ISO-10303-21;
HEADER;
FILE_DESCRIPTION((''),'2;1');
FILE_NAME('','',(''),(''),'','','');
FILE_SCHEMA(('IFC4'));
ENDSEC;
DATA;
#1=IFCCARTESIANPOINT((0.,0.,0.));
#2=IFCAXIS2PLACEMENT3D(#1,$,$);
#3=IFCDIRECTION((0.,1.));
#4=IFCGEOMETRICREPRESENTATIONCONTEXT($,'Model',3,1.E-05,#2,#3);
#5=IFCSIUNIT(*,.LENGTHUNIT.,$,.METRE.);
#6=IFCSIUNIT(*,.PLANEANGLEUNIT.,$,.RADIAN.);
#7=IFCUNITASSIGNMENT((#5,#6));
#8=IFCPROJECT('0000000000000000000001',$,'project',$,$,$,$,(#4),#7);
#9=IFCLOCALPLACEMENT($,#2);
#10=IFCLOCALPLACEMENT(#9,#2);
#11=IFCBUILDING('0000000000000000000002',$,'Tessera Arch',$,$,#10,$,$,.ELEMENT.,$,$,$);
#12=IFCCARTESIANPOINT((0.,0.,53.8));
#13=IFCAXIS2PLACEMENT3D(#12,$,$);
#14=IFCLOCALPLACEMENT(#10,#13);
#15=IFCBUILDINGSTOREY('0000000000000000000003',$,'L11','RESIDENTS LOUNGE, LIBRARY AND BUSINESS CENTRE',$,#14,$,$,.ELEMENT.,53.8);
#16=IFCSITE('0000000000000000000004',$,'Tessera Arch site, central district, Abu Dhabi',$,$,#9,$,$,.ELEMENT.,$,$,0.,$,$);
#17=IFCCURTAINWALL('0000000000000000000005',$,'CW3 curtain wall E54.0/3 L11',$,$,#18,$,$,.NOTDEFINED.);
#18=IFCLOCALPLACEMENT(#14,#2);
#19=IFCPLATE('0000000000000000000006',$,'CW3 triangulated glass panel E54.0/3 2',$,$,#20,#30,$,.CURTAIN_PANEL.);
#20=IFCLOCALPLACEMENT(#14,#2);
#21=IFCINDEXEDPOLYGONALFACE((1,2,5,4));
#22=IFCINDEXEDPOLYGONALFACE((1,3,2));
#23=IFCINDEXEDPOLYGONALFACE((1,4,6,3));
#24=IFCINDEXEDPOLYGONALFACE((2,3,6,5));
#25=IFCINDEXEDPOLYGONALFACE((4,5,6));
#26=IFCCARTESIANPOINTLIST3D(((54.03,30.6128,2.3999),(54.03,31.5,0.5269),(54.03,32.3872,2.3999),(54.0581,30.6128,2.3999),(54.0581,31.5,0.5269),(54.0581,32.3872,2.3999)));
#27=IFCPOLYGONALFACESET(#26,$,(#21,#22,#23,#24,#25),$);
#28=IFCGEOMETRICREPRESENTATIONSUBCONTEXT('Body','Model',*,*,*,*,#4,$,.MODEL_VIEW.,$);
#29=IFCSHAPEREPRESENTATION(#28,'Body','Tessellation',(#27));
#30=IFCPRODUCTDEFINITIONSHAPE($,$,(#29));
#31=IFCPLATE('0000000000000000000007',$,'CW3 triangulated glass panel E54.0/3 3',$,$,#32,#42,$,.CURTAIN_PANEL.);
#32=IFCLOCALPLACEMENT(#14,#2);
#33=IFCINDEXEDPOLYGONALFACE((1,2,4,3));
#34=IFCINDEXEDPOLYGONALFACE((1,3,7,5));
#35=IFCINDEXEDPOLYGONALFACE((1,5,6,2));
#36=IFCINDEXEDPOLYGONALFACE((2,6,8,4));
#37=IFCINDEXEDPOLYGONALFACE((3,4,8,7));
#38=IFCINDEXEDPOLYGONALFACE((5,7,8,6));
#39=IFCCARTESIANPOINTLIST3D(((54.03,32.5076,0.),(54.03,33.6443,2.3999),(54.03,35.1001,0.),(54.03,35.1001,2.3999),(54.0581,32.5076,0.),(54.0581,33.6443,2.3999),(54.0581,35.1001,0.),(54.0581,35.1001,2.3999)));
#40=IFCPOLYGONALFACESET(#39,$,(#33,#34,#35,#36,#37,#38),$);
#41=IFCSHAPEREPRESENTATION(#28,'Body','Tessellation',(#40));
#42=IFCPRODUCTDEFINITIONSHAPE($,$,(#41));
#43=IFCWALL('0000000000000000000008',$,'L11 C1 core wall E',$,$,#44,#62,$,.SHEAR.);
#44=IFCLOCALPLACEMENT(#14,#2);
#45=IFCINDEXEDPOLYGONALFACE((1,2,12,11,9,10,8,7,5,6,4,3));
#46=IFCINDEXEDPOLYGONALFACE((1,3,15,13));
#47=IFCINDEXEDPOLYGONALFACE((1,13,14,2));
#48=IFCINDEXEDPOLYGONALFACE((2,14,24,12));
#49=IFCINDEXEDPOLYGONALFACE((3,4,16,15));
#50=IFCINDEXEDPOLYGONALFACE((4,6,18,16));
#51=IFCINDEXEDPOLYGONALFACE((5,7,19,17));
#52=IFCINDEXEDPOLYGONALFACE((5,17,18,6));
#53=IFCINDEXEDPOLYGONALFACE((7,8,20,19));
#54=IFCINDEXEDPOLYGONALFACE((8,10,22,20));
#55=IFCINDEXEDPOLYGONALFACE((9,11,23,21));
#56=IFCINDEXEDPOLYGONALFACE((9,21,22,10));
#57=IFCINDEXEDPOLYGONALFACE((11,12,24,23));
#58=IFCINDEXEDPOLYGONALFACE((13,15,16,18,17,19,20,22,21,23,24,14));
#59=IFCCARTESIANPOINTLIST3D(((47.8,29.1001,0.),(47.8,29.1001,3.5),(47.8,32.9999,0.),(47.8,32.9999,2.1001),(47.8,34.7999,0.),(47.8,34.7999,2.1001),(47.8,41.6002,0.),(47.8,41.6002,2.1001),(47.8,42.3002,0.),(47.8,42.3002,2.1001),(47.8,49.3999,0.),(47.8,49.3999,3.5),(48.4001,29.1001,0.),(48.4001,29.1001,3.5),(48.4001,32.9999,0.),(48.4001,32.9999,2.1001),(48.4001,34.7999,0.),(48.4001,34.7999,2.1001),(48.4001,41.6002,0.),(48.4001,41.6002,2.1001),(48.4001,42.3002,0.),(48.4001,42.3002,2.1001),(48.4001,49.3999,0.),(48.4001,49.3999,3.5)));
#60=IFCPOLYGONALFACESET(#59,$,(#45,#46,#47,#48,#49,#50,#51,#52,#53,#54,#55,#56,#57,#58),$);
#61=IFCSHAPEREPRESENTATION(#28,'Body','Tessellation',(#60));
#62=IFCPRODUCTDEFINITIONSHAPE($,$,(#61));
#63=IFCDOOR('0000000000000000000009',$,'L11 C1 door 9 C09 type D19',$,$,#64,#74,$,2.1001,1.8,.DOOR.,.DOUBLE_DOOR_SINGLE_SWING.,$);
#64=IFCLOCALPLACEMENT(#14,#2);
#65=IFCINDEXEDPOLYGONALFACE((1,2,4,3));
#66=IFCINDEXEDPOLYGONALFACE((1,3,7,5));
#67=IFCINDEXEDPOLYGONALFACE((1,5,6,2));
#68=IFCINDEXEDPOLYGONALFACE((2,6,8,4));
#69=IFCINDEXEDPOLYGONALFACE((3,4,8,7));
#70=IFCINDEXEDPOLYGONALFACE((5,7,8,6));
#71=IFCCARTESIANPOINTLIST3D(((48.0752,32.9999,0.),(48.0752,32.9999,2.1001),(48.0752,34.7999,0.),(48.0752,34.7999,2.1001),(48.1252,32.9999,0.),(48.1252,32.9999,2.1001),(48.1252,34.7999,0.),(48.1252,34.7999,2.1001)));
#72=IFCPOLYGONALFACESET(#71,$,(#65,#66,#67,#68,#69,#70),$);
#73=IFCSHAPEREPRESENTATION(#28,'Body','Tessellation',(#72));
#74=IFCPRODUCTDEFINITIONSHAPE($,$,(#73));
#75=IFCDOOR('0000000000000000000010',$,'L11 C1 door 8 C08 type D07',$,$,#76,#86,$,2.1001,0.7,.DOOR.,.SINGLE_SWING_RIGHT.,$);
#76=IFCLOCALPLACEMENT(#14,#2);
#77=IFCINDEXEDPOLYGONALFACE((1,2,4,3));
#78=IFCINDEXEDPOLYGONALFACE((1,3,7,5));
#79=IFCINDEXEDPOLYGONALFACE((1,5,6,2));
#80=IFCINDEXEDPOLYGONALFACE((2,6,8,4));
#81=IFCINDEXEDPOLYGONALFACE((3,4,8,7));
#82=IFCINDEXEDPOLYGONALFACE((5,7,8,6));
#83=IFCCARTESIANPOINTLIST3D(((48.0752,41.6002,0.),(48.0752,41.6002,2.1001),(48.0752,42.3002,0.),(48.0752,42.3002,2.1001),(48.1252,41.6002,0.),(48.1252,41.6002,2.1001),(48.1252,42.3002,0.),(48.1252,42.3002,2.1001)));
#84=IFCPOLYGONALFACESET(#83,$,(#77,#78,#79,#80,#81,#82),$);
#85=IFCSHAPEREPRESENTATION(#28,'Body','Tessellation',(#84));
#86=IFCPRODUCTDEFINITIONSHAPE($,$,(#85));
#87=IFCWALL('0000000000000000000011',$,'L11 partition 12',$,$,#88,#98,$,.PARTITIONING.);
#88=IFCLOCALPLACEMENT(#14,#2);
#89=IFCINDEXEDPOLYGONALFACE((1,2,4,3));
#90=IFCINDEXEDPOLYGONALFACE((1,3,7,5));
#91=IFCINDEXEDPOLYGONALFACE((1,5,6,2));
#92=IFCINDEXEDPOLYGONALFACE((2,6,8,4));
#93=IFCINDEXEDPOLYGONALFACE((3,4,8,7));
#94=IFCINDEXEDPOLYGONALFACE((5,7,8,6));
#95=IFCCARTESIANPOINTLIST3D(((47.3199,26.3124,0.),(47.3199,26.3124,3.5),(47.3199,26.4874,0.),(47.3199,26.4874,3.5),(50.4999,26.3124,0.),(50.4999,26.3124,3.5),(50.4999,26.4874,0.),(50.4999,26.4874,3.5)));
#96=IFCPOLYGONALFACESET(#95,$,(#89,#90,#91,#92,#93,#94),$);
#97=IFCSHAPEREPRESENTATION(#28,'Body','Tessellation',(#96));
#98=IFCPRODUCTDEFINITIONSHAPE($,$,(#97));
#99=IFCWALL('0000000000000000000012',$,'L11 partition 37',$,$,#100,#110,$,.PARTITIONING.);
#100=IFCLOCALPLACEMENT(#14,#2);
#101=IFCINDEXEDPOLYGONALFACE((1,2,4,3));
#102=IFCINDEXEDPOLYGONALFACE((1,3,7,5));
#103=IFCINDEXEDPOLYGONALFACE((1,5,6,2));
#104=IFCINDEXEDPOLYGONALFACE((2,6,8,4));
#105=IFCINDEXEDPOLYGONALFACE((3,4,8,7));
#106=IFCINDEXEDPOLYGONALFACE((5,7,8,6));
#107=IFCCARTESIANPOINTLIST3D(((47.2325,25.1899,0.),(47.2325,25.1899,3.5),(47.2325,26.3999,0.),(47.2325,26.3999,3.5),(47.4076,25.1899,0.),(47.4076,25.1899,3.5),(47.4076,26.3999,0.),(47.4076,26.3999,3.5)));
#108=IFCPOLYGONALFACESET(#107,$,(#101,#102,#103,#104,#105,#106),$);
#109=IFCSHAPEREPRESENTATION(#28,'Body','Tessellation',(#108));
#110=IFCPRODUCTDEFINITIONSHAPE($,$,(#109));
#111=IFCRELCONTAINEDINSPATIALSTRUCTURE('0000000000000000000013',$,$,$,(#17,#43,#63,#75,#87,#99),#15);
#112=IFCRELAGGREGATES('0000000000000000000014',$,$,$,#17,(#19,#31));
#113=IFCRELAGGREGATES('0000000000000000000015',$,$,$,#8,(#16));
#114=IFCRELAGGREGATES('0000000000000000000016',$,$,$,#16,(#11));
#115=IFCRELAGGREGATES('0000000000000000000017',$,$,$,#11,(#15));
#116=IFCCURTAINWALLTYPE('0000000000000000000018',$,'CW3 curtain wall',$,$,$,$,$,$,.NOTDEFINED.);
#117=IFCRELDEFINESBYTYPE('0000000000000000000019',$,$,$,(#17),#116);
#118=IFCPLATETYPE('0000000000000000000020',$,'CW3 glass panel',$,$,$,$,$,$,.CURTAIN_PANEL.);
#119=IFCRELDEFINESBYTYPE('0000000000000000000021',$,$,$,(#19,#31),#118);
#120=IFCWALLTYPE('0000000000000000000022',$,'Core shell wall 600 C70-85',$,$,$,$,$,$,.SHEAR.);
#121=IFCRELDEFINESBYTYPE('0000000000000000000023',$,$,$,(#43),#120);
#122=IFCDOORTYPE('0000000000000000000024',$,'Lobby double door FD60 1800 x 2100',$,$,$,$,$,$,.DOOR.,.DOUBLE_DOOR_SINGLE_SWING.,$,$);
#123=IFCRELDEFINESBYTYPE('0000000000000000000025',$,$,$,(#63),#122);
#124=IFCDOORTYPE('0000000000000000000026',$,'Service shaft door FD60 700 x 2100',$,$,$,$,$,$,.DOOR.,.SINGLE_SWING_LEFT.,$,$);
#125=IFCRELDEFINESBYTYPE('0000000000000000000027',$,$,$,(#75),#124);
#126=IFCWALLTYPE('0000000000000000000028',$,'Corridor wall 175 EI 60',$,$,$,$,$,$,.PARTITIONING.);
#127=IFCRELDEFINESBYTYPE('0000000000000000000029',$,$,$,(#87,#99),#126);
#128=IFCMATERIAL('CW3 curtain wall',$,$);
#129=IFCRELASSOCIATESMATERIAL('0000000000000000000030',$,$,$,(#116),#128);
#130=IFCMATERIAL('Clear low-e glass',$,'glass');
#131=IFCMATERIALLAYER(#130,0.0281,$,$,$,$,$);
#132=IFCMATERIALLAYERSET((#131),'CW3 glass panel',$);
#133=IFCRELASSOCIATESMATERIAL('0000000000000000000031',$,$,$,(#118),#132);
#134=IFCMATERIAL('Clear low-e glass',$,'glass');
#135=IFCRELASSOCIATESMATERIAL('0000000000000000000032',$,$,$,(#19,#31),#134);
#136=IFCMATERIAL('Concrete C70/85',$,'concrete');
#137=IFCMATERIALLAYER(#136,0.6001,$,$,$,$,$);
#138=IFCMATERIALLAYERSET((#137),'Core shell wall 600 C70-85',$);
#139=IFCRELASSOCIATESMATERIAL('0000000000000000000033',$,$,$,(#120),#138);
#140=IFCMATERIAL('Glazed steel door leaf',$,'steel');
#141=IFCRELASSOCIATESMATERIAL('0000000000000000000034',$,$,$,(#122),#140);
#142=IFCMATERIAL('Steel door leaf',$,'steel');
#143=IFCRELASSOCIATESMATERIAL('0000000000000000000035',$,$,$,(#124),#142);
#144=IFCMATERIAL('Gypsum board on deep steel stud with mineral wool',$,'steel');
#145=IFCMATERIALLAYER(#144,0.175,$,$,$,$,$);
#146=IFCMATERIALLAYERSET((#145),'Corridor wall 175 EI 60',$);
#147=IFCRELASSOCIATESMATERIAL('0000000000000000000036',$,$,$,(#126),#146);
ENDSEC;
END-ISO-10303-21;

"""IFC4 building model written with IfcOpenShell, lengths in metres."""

from ifc_helpers import new_model, si_unit, direction, frame, frame_2d, origin, place, context, subcontext, project, spatial, polyline, rectangle, outline, extrude, material, layer, layer_set, type_object, element, fill, aggregate, save


model = new_model("IFC4")

# Units and contexts
model_context = context("Model", 3, precision=1e-05, world=origin(), true_north=direction((0.0, 1.0)))
body_context = subcontext(model_context, "Body", "Model", "MODEL_VIEW")
ifc_project = project(units=[si_unit("LENGTHUNIT", "METRE"), si_unit("PLANEANGLEUNIT", "RADIAN")], contexts=[model_context])

# Site, building, storey
site_placement = place(None, origin())
site = spatial("IfcSite", under=ifc_project, at=site_placement, Name="Tessera Arch site, central district, Abu Dhabi", CompositionType="ELEMENT", RefElevation=0.0)
building_placement = place(site_placement, origin())
building = spatial("IfcBuilding", under=site, at=building_placement, Name="Tessera Arch", CompositionType="ELEMENT")
storey_placement = place(building_placement, frame((0.0, 0.0, 53.8)))
storey = spatial("IfcBuildingStorey", under=building, at=storey_placement, Name="L11", Description="RESIDENTS LOUNGE, LIBRARY AND BUSINESS CENTRE", CompositionType="ELEMENT", Elevation=53.8)

# Curtain wall
ifc_material_1 = material(Name="CW3 curtain wall")
curtain_wall_type_1 = type_object("IfcCurtainWallType", Name="CW3 curtain wall", PredefinedType="NOTDEFINED", material=ifc_material_1)
curtain_wall_1_placement = place(storey_placement, origin())
curtain_wall_1 = element("IfcCurtainWall", 1, at=curtain_wall_1_placement, inside=storey, type_object=curtain_wall_type_1, Name="CW3 curtain wall E54.0/3 L11", PredefinedType="NOTDEFINED")

# Plates
ifc_material_2 = material(Name="Clear low-e glass", Category="glass")
ifc_material_3 = material(Name="Clear low-e glass", Category="glass")
ifc_layer_1 = layer(ifc_material_3, 0.0281)
ifc_layer_set_1 = layer_set([ifc_layer_1], Name="CW3 glass panel")
plate_type_1 = type_object("IfcPlateType", Name="CW3 glass panel", PredefinedType="CURTAIN_PANEL", material=ifc_layer_set_1)
plate_1_placement = place(storey_placement, frame((54.0581, 32.3872, 2.3999), z_axis=(1.0, 0.0, 0.0), x_axis=(0.0, -1.0, 0.0)))
plate_1 = element("IfcPlate", 2, at=plate_1_placement, type_object=plate_type_1, material=ifc_material_2, Name="CW3 triangulated glass panel E54.0/3 2", PredefinedType="CURTAIN_PANEL", context=body_context, shape_type="SweptSolid", body=[
    extrude(outline(polyline([(0.0, 0.0), (1.7744, 0.0), (0.8872, 1.873), (0.0, 0.0)])), origin(), (0.0, 0.0, -1.0), 0.0281),
])
plate_2_placement = place(storey_placement, frame((54.0581, 35.1001, 2.3999), z_axis=(1.0, 0.0, 0.0), x_axis=(0.0, -1.0, 0.0)))
plate_2 = element("IfcPlate", 3, at=plate_2_placement, type_object=plate_type_1, material=ifc_material_2, Name="CW3 triangulated glass panel E54.0/3 3", PredefinedType="CURTAIN_PANEL", context=body_context, shape_type="SweptSolid", body=[
    extrude(outline(polyline([(0.0, 0.0), (1.4558, 0.0), (2.5925, 2.3999), (0.0, 2.3999), (0.0, 0.0)])), origin(), (0.0, 0.0, -1.0), 0.0281),
])
aggregate(curtain_wall_1, [plate_1, plate_2])

# Wall, openings, doors
ifc_material_4 = material(Name="Concrete C70/85", Category="concrete")
ifc_layer_2 = layer(ifc_material_4, 0.6001)
ifc_layer_set_2 = layer_set([ifc_layer_2], Name="Core shell wall 600 C70-85")
wall_type_1 = type_object("IfcWallType", Name="Core shell wall 600 C70-85", PredefinedType="SHEAR", material=ifc_layer_set_2)
wall_1_placement = place(storey_placement, frame((48.1001, 29.1001, 0.0), z_axis=(0.0, 0.0, 1.0), x_axis=(0.0, 1.0, 0.0)))
wall_1 = element("IfcWall", 4, at=wall_1_placement, inside=storey, type_object=wall_type_1, Name="L11 C1 core wall E", PredefinedType="SHEAR", context=body_context, shape_type="SweptSolid", body=[
    extrude(rectangle(XDim=20.2998, YDim=0.6001, at=frame_2d((10.1499, 0.0))), origin(), (0.0, 0.0, 1.0), 3.5),
])
opening_1_placement = place(wall_1_placement, frame((12.5, 0.0, 0.0)))
opening_1 = element("IfcOpeningElement", 5, at=opening_1_placement, cuts=wall_1, PredefinedType="OPENING", context=body_context, shape_type="SweptSolid", body=[
    extrude(rectangle(XDim=0.7, YDim=2.1001, at=frame_2d((0.3501, 1.05))), frame((0.0, 0.3101, 0.0), z_axis=(0.0, -1.0, 0.0), x_axis=(1.0, 0.0, 0.0)), (0.0, 0.0, 1.0), 0.6201),
])
opening_2_placement = place(wall_1_placement, frame((3.8999, 0.0, 0.0)))
opening_2 = element("IfcOpeningElement", 6, at=opening_2_placement, cuts=wall_1, PredefinedType="OPENING", context=body_context, shape_type="SweptSolid", body=[
    extrude(rectangle(XDim=1.8, YDim=2.1001, at=frame_2d((0.8999, 1.05))), frame((0.0, 0.3101, 0.0), z_axis=(0.0, -1.0, 0.0), x_axis=(1.0, 0.0, 0.0)), (0.0, 0.0, 1.0), 0.6201),
])
ifc_material_5 = material(Name="Glazed steel door leaf", Category="steel")
door_type_1 = type_object("IfcDoorType", Name="Lobby double door FD60 1800 x 2100", OperationType="DOUBLE_DOOR_SINGLE_SWING", PredefinedType="DOOR", material=ifc_material_5)
door_1_placement = place(opening_2_placement, origin())
door_1 = element("IfcDoor", 7, at=door_1_placement, inside=storey, type_object=door_type_1, Name="L11 C1 door 9 C09 type D19", OperationType="DOUBLE_DOOR_SINGLE_SWING", OverallHeight=2.1001, OverallWidth=1.8, PredefinedType="DOOR", context=body_context, shape_type="SweptSolid", body=[
    extrude(rectangle(XDim=1.8, YDim=2.1001, at=frame_2d((0.8999, 1.05))), frame((0.0, 0.0249, 0.0), z_axis=(0.0, -1.0, 0.0), x_axis=(1.0, 0.0, 0.0)), (0.0, 0.0, 1.0), 0.05),
])
fill(opening_2, door_1)
ifc_material_6 = material(Name="Steel door leaf", Category="steel")
door_type_2 = type_object("IfcDoorType", Name="Service shaft door FD60 700 x 2100", OperationType="SINGLE_SWING_LEFT", PredefinedType="DOOR", material=ifc_material_6)
door_2_placement = place(opening_1_placement, origin())
door_2 = element("IfcDoor", 8, at=door_2_placement, inside=storey, type_object=door_type_2, Name="L11 C1 door 8 C08 type D07", OperationType="SINGLE_SWING_RIGHT", OverallHeight=2.1001, OverallWidth=0.7, PredefinedType="DOOR", context=body_context, shape_type="SweptSolid", body=[
    extrude(rectangle(XDim=0.7, YDim=2.1001, at=frame_2d((0.3501, 1.05))), frame((0.0, 0.0249, 0.0), z_axis=(0.0, -1.0, 0.0), x_axis=(1.0, 0.0, 0.0)), (0.0, 0.0, 1.0), 0.05),
])
fill(opening_1, door_2)

# Walls
ifc_material_7 = material(Name="Gypsum board on deep steel stud with mineral wool", Category="steel")
ifc_layer_3 = layer(ifc_material_7, 0.175)
ifc_layer_set_3 = layer_set([ifc_layer_3], Name="Corridor wall 175 EI 60")
wall_type_2 = type_object("IfcWallType", Name="Corridor wall 175 EI 60", PredefinedType="PARTITIONING", material=ifc_layer_set_3)
wall_2_placement = place(storey_placement, frame((47.3201, 26.3999, 0.0), z_axis=(0.0, 0.0, 1.0), x_axis=(1.0, 0.0, 0.0)))
element("IfcWall", 9, at=wall_2_placement, inside=storey, type_object=wall_type_2, Name="L11 partition 12", PredefinedType="PARTITIONING", context=body_context, shape_type="SweptSolid", body=[
    extrude(rectangle(XDim=3.1799, YDim=0.175, at=frame_2d((1.5898, 0.0))), origin(), (0.0, 0.0, 1.0), 3.5),
])
wall_3_placement = place(storey_placement, frame((47.3201, 25.1899, 0.0), z_axis=(0.0, 0.0, 1.0), x_axis=(0.0, 1.0, 0.0)))
element("IfcWall", 10, at=wall_3_placement, inside=storey, type_object=wall_type_2, Name="L11 partition 37", PredefinedType="PARTITIONING", context=body_context, shape_type="SweptSolid", body=[
    extrude(rectangle(XDim=1.21, YDim=0.175, at=frame_2d((0.605, 0.0))), origin(), (0.0, 0.0, 1.0), 3.5),
])

save(model, "model.ifc")
